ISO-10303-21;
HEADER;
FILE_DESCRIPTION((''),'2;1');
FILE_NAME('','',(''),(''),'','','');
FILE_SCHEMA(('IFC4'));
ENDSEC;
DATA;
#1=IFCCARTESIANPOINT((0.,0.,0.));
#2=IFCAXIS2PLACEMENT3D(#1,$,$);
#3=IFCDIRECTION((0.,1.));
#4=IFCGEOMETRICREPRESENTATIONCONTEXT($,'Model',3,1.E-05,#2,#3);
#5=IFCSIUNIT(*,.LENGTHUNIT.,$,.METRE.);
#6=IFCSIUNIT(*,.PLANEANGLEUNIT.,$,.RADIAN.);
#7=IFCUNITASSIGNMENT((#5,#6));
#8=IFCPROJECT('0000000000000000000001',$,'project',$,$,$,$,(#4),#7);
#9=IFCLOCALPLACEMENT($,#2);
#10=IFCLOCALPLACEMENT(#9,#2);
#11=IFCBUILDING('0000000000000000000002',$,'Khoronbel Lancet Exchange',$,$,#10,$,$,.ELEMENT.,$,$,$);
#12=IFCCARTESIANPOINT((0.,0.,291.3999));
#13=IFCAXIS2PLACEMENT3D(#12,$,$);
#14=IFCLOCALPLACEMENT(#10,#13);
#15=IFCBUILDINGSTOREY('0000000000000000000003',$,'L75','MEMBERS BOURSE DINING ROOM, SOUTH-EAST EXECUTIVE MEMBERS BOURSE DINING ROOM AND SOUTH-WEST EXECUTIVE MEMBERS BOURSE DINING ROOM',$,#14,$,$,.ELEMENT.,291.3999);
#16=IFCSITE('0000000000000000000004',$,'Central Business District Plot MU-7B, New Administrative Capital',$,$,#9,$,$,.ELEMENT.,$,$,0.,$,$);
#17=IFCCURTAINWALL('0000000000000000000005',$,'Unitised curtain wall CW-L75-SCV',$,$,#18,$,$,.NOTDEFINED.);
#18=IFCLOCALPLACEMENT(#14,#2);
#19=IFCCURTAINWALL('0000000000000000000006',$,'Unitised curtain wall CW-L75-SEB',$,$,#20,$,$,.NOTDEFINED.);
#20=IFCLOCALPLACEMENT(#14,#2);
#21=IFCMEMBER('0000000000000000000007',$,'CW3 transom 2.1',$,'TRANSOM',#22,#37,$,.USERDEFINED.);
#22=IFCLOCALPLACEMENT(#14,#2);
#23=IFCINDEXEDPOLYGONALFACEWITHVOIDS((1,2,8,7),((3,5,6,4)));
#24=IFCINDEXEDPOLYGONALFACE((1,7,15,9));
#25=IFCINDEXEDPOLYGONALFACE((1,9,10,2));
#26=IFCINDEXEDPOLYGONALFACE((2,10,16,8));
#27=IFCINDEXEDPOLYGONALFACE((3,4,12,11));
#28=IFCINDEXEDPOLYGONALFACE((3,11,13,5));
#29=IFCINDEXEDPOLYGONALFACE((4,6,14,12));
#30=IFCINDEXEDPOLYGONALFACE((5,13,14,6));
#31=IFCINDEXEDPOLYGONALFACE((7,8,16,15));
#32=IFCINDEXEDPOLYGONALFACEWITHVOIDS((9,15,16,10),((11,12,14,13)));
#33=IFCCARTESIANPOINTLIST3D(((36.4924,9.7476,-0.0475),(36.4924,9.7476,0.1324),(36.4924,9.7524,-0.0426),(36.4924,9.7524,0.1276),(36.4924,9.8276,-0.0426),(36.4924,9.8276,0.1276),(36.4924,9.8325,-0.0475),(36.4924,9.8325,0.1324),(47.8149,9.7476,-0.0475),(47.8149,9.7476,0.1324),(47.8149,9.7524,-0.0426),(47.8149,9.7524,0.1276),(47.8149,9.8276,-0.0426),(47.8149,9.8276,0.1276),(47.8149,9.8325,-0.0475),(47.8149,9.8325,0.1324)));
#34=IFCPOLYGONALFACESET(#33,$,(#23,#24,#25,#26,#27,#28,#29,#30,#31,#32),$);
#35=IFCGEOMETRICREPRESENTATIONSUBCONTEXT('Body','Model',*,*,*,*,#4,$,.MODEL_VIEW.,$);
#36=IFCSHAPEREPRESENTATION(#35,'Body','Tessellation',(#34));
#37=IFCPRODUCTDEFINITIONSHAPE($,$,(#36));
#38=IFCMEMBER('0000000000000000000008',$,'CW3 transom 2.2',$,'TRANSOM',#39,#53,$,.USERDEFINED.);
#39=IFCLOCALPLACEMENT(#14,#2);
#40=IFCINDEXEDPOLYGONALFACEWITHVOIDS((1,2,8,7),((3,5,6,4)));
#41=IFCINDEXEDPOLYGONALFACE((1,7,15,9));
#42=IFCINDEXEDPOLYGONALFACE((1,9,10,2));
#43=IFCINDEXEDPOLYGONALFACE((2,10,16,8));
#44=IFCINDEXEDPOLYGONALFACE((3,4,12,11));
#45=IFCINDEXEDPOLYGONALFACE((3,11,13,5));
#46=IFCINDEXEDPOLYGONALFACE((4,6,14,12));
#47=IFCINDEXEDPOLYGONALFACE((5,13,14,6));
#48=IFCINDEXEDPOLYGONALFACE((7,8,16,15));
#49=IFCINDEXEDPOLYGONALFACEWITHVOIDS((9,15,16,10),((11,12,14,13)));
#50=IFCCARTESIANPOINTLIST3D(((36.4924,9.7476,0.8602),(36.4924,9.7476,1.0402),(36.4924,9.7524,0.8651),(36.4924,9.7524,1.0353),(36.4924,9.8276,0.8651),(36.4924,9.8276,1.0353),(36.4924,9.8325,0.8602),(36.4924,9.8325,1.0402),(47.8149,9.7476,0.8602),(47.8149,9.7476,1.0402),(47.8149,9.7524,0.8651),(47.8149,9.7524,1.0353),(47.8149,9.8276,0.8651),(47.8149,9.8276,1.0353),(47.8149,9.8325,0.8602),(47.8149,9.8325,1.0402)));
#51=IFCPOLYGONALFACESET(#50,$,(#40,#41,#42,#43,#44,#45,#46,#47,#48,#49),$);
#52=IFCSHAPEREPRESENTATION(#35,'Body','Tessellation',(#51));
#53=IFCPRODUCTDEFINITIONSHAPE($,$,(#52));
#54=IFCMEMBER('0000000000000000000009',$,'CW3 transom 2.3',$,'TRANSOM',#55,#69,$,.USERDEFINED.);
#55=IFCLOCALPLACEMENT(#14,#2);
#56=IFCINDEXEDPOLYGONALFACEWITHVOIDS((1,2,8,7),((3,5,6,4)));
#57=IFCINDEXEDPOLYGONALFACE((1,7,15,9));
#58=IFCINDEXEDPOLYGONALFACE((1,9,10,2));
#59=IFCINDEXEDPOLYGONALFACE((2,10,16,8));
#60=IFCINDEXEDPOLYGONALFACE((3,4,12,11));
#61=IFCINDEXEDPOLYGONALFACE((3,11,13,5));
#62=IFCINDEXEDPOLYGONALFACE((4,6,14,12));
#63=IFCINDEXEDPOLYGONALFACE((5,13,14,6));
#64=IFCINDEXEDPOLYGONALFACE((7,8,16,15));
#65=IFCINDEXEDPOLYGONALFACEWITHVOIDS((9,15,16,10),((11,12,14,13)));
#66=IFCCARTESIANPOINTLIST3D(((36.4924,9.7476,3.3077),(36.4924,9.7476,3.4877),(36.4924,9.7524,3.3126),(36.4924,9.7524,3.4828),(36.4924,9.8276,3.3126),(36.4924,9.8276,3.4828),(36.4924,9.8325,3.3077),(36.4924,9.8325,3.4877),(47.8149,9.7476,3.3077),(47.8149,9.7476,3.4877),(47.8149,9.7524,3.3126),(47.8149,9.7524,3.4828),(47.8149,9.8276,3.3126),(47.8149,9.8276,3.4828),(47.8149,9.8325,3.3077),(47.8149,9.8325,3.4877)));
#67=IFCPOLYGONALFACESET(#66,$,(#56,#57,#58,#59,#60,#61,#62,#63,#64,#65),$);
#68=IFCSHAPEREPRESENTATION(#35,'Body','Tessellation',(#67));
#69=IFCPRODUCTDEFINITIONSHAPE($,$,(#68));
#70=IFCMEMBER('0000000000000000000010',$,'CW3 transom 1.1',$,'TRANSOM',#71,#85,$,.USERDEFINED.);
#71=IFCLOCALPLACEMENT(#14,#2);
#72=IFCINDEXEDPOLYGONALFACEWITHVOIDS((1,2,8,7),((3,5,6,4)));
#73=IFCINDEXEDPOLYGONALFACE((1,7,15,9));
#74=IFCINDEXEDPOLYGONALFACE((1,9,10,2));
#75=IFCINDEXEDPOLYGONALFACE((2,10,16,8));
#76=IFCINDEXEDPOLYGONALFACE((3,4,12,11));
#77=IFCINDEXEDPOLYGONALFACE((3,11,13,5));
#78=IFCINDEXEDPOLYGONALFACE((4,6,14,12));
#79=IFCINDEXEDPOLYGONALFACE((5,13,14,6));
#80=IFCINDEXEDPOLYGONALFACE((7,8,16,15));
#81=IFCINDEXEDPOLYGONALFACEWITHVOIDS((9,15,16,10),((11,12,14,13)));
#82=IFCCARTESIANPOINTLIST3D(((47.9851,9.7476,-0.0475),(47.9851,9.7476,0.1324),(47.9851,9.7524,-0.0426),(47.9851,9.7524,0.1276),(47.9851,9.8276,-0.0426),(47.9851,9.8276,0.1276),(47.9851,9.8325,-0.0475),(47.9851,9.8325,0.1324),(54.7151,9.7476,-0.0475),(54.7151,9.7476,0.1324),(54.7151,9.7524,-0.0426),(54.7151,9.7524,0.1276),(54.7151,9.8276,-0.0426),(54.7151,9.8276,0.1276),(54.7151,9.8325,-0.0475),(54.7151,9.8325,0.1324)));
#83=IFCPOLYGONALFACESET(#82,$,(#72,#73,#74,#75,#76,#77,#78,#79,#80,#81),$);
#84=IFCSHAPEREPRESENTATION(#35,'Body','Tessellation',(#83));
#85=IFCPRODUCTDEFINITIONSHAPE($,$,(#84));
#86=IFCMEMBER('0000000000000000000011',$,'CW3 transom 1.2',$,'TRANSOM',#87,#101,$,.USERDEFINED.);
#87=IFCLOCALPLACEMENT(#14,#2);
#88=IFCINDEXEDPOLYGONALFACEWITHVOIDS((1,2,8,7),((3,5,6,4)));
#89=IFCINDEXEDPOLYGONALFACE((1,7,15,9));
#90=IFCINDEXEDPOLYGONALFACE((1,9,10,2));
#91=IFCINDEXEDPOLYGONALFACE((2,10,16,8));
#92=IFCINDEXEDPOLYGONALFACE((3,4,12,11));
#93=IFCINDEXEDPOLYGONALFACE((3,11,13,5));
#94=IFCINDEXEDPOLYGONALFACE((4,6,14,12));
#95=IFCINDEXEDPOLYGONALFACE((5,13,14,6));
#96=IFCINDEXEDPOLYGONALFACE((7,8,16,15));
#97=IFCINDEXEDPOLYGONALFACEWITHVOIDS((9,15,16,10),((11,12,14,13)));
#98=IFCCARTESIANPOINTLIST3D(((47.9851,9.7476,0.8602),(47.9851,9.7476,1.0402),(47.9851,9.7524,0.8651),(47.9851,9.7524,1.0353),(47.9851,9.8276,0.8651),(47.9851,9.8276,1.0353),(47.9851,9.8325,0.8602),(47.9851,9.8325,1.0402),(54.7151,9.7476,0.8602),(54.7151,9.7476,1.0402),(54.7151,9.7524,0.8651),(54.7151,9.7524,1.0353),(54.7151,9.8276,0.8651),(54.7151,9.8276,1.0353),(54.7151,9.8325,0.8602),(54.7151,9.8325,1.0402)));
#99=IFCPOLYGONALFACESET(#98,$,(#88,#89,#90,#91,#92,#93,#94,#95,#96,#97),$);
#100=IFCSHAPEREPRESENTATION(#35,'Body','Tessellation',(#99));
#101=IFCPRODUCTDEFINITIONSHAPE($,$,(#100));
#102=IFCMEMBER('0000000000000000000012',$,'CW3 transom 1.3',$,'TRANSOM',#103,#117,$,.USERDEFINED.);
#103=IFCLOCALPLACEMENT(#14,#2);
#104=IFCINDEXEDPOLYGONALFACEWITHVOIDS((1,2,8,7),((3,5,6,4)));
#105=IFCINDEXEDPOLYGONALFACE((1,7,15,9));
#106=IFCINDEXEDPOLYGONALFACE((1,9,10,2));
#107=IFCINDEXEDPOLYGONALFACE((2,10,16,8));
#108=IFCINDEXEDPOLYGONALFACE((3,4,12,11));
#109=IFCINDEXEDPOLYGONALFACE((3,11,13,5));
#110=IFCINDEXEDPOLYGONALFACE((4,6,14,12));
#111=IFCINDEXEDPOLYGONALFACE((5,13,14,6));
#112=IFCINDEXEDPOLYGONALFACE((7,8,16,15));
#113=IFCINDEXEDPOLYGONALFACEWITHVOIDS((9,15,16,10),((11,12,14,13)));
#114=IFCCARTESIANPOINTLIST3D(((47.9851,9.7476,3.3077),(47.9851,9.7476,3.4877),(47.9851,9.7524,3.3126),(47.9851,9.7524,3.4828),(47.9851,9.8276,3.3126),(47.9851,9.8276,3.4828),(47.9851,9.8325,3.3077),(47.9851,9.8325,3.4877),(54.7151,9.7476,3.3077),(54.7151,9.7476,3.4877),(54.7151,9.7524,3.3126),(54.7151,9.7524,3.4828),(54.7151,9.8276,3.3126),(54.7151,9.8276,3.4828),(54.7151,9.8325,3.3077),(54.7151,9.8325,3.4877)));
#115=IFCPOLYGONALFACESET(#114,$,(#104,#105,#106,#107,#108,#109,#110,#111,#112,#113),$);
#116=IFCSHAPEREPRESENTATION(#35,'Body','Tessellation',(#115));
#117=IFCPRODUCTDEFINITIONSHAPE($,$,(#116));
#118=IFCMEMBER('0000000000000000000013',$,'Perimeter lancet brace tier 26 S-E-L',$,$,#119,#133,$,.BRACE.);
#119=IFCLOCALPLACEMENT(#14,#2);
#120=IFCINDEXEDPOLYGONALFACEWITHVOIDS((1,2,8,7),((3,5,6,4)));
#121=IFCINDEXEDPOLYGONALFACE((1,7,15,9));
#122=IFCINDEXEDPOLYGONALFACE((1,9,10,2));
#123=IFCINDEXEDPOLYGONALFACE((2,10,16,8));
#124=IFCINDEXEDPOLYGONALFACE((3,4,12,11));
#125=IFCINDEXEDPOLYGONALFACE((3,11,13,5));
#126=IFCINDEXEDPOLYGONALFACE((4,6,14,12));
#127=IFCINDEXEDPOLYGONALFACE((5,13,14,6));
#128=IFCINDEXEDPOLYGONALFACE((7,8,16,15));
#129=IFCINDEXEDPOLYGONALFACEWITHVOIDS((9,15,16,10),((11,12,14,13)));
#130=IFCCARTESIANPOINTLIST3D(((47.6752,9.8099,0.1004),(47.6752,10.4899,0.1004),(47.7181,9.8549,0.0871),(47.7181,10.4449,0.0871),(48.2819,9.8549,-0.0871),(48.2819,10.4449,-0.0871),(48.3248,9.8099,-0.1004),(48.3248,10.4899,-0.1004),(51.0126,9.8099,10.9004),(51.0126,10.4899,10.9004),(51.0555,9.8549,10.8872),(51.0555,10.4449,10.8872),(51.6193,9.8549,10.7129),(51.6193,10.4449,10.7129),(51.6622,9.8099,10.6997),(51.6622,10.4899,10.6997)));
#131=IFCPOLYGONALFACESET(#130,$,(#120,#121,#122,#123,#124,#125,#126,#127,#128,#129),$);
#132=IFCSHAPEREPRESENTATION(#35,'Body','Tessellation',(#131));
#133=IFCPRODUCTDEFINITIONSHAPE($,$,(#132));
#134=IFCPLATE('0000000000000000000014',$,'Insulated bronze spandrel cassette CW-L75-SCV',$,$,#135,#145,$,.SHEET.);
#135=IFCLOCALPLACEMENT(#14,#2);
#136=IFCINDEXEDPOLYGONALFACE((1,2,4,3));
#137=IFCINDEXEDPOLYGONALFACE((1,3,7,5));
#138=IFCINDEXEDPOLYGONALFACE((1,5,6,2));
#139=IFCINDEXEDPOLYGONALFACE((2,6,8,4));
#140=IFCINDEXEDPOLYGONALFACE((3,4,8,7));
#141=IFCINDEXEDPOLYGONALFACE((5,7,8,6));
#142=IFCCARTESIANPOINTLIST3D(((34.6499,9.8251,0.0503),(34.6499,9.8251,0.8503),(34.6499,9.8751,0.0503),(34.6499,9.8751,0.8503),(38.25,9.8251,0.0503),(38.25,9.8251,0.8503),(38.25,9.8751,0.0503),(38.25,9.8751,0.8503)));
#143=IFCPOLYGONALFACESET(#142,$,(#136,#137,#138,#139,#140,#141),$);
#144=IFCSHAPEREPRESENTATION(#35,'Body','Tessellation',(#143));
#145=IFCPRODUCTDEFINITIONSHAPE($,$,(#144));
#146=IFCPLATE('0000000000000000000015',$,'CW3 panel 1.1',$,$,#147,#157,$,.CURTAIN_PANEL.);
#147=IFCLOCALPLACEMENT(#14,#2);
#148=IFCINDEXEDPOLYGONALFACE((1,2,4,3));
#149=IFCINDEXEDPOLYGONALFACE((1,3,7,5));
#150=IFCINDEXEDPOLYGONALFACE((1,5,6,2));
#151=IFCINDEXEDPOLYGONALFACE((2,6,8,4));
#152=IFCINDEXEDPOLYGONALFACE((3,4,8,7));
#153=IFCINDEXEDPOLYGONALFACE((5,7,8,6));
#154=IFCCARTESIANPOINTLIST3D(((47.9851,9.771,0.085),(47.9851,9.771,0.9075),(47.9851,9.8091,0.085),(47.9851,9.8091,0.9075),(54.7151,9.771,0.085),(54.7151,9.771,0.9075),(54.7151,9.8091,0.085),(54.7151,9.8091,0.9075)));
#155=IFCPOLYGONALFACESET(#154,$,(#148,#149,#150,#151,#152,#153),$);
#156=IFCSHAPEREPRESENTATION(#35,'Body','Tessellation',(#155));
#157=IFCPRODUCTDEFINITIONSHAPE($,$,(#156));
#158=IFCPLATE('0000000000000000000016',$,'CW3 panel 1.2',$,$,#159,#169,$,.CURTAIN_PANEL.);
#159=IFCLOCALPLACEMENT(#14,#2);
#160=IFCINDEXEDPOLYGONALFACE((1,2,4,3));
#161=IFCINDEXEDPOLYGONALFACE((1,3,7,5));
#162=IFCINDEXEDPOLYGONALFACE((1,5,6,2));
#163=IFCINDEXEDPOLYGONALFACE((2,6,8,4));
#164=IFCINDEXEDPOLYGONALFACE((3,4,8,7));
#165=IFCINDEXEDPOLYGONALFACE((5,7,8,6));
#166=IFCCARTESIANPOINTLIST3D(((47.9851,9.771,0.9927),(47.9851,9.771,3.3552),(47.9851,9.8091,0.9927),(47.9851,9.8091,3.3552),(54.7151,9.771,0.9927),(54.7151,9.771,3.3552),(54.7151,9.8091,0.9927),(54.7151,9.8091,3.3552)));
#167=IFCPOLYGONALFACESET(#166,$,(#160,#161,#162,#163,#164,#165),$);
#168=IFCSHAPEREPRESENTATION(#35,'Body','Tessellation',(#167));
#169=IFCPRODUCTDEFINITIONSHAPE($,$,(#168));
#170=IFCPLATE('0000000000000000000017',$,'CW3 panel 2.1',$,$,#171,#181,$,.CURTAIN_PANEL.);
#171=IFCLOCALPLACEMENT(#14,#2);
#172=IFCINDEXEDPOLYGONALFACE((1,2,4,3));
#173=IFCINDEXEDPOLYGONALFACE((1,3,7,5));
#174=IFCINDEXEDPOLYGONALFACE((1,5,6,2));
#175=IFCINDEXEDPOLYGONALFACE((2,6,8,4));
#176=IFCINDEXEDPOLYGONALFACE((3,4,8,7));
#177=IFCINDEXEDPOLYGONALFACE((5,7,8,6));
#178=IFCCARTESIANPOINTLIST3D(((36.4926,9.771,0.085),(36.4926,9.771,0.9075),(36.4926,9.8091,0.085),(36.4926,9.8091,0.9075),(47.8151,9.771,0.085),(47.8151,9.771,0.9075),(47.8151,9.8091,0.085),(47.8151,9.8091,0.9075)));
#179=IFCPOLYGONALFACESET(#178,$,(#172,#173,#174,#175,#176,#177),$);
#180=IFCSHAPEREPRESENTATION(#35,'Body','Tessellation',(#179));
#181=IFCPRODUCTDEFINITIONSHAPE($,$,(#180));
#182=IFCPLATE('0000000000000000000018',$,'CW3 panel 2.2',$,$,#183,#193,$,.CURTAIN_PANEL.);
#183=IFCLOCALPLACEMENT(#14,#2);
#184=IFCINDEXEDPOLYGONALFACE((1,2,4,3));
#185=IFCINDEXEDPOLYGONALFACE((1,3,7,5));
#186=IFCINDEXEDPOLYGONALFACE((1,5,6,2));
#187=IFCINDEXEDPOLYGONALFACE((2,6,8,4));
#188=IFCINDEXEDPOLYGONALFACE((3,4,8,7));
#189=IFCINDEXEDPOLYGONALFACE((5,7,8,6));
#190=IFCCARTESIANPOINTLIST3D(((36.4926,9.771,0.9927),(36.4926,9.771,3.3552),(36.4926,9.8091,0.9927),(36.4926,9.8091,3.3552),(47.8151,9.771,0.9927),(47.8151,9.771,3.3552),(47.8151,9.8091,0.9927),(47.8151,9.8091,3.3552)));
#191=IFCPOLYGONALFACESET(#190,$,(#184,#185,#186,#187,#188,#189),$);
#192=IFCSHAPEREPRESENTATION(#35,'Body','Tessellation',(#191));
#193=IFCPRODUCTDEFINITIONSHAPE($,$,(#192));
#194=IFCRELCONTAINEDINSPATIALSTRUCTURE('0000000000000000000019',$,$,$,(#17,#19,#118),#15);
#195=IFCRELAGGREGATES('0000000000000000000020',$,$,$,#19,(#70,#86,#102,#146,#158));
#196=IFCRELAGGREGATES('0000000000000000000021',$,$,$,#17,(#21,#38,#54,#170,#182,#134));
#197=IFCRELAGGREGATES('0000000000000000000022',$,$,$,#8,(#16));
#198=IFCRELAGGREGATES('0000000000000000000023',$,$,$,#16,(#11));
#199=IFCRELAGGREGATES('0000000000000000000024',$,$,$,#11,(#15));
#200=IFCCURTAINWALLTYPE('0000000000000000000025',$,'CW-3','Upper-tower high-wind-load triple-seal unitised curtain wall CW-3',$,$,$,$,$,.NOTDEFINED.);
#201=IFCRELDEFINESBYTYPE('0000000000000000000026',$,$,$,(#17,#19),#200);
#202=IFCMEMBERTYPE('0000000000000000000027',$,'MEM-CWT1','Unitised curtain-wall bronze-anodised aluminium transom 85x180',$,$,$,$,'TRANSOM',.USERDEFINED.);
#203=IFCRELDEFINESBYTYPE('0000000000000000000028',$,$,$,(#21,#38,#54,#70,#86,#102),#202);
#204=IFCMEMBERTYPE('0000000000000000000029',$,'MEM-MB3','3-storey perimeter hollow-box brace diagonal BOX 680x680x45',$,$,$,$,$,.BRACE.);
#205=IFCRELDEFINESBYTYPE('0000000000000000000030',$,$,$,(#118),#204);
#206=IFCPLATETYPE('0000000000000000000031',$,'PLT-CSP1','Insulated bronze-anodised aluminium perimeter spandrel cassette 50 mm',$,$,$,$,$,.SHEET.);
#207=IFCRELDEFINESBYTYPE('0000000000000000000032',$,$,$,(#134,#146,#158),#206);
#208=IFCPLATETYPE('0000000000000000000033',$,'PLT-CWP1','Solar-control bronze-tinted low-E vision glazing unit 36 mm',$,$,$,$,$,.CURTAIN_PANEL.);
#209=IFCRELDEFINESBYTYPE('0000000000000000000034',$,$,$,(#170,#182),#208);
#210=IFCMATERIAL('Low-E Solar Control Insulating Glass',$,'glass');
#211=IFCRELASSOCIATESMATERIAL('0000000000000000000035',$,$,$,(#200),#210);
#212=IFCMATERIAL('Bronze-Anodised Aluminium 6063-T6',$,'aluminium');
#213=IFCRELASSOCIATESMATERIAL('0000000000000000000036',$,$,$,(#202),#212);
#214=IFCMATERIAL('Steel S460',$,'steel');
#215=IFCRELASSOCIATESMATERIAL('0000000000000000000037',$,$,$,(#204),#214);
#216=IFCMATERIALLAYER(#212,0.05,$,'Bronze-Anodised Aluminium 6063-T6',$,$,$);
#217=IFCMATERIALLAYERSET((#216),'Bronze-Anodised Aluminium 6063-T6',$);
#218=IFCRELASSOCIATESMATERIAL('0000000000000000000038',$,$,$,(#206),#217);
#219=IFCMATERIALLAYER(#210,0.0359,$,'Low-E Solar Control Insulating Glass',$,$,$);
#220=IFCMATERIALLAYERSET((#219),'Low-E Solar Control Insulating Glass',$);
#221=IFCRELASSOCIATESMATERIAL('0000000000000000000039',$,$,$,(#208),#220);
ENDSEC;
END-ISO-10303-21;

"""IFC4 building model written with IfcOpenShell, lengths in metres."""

from ifc_helpers import new_model, si_unit, direction, frame, origin, origin_2d, place, context, subcontext, project, spatial, rectangle, hollow_rectangle, extrude, material, layer, layer_set, material_profile, profile_set, type_object, element, aggregate, save


model = new_model("IFC4")

# Units and contexts
model_context = context("Model", 3, precision=1e-05, world=origin(), true_north=direction((0.0, 1.0)))
body_context = subcontext(model_context, "Body", "Model", "MODEL_VIEW")
ifc_project = project(units=[si_unit("LENGTHUNIT", "METRE"), si_unit("PLANEANGLEUNIT", "RADIAN")], contexts=[model_context])

# Site, building, storey
site_placement = place(None, origin())
site = spatial("IfcSite", under=ifc_project, at=site_placement, Name="Central Business District Plot MU-7B, New Administrative Capital", CompositionType="ELEMENT", RefElevation=0.0)
building_placement = place(site_placement, origin())
building = spatial("IfcBuilding", under=site, at=building_placement, Name="Khoronbel Lancet Exchange", CompositionType="ELEMENT")
storey_placement = place(building_placement, frame((0.0, 0.0, 291.3999)))
storey = spatial("IfcBuildingStorey", under=building, at=storey_placement, Name="L75", Description="MEMBERS BOURSE DINING ROOM, SOUTH-EAST EXECUTIVE MEMBERS BOURSE DINING ROOM AND SOUTH-WEST EXECUTIVE MEMBERS BOURSE DINING ROOM", CompositionType="ELEMENT", Elevation=291.3999)

# Shared definitions
ifc_material_1 = material(Name="Steel S460", Category="steel")

# Curtain wall
ifc_material_2 = material(Name="Low-E Solar Control Insulating Glass", Category="glass")
curtain_wall_type = type_object("IfcCurtainWallType", Name="CW-3", Description="Upper-tower high-wind-load triple-seal unitised curtain wall CW-3", PredefinedType="NOTDEFINED", material=ifc_material_2)
curtain_wall_1_placement = place(storey_placement, origin())
curtain_wall_1 = element("IfcCurtainWall", 1, at=curtain_wall_1_placement, inside=storey, type_object=curtain_wall_type, Name="Unitised curtain wall CW-L75-SCV", PredefinedType="NOTDEFINED")
ifc_material_3 = material(Name="Bronze-Anodised Aluminium 6063-T6", Category="aluminium")

# Curtain wall
curtain_wall_2_placement = place(storey_placement, origin())
curtain_wall_2 = element("IfcCurtainWall", 2, at=curtain_wall_2_placement, inside=storey, type_object=curtain_wall_type, Name="Unitised curtain wall CW-L75-SEB", PredefinedType="NOTDEFINED")

# Members
ifc_material_profile_1 = material_profile(ifc_material_3, hollow_rectangle(XDim=0.085, YDim=0.1799, WallThickness=0.0049, at=origin_2d()), Name="ALU TRANSOM 85x180")
ifc_profile_set_1 = profile_set([ifc_material_profile_1], Name="Bronze-Anodised Aluminium 6063-T6")
member_type_1 = type_object("IfcMemberType", Name="MEM-CWT1", Description="Unitised curtain-wall bronze-anodised aluminium transom 85x180", ElementType="TRANSOM", PredefinedType="USERDEFINED", material=ifc_profile_set_1)
member_1_placement = place(storey_placement, frame((36.4924, 9.79, 0.0425), z_axis=(1.0, 0.0, 0.0), x_axis=(0.0, 1.0, 0.0)))
member_1 = element("IfcMember", 3, at=member_1_placement, type_object=member_type_1, Name="CW3 transom 2.1", ObjectType="TRANSOM", PredefinedType="USERDEFINED", context=body_context, shape_type="SweptSolid", body=[
    extrude(hollow_rectangle(XDim=0.085, YDim=0.1799, WallThickness=0.0049, at=origin_2d()), origin(), (0.0, 0.0, 1.0), 11.3225),
])
member_2_placement = place(storey_placement, frame((36.4924, 9.79, 0.9502), z_axis=(1.0, 0.0, 0.0), x_axis=(0.0, 1.0, 0.0)))
member_2 = element("IfcMember", 4, at=member_2_placement, type_object=member_type_1, Name="CW3 transom 2.2", ObjectType="TRANSOM", PredefinedType="USERDEFINED", context=body_context, shape_type="SweptSolid", body=[
    extrude(hollow_rectangle(XDim=0.085, YDim=0.1799, WallThickness=0.0049, at=origin_2d()), origin(), (0.0, 0.0, 1.0), 11.3225),
])
member_3_placement = place(storey_placement, frame((36.4924, 9.79, 3.3977), z_axis=(1.0, 0.0, 0.0), x_axis=(0.0, 1.0, 0.0)))
member_3 = element("IfcMember", 5, at=member_3_placement, type_object=member_type_1, Name="CW3 transom 2.3", ObjectType="TRANSOM", PredefinedType="USERDEFINED", context=body_context, shape_type="SweptSolid", body=[
    extrude(hollow_rectangle(XDim=0.085, YDim=0.1799, WallThickness=0.0049, at=origin_2d()), origin(), (0.0, 0.0, 1.0), 11.3225),
])
member_4_placement = place(storey_placement, frame((47.9851, 9.79, 0.0425), z_axis=(1.0, 0.0, 0.0), x_axis=(0.0, 1.0, 0.0)))
member_4 = element("IfcMember", 6, at=member_4_placement, type_object=member_type_1, Name="CW3 transom 1.1", ObjectType="TRANSOM", PredefinedType="USERDEFINED", context=body_context, shape_type="SweptSolid", body=[
    extrude(hollow_rectangle(XDim=0.085, YDim=0.1799, WallThickness=0.0049, at=origin_2d()), origin(), (0.0, 0.0, 1.0), 6.73),
])
member_5_placement = place(storey_placement, frame((47.9851, 9.79, 0.9502), z_axis=(1.0, 0.0, 0.0), x_axis=(0.0, 1.0, 0.0)))
member_5 = element("IfcMember", 7, at=member_5_placement, type_object=member_type_1, Name="CW3 transom 1.2", ObjectType="TRANSOM", PredefinedType="USERDEFINED", context=body_context, shape_type="SweptSolid", body=[
    extrude(hollow_rectangle(XDim=0.085, YDim=0.1799, WallThickness=0.0049, at=origin_2d()), origin(), (0.0, 0.0, 1.0), 6.73),
])
member_6_placement = place(storey_placement, frame((47.9851, 9.79, 3.3977), z_axis=(1.0, 0.0, 0.0), x_axis=(0.0, 1.0, 0.0)))
member_6 = element("IfcMember", 8, at=member_6_placement, type_object=member_type_1, Name="CW3 transom 1.3", ObjectType="TRANSOM", PredefinedType="USERDEFINED", context=body_context, shape_type="SweptSolid", body=[
    extrude(hollow_rectangle(XDim=0.085, YDim=0.1799, WallThickness=0.0049, at=origin_2d()), origin(), (0.0, 0.0, 1.0), 6.73),
])
ifc_material_profile_2 = material_profile(ifc_material_1, hollow_rectangle(XDim=0.6799, YDim=0.6799, WallThickness=0.0449, at=origin_2d()), Name="BOX 680x680x45")
ifc_profile_set_2 = profile_set([ifc_material_profile_2], Name="Steel S460")
member_type_2 = type_object("IfcMemberType", Name="MEM-MB3", Description="3-storey perimeter hollow-box brace diagonal BOX 680x680x45", PredefinedType="BRACE", material=ifc_profile_set_2)
member_7_placement = place(storey_placement, frame((48.0, 10.1499, 0.0), z_axis=(0.295242, 0.0, 0.955422), x_axis=(0.0, 1.0, 0.0)))
element("IfcMember", 9, at=member_7_placement, inside=storey, type_object=member_type_2, Name="Perimeter lancet brace tier 26 S-E-L", PredefinedType="BRACE", context=body_context, shape_type="SweptSolid", body=[
    extrude(hollow_rectangle(XDim=0.6799, YDim=0.6799, WallThickness=0.0449, at=origin_2d()), origin(), (0.0, 0.0, 1.0), 11.304),
])

# Plates
ifc_layer_1 = layer(ifc_material_3, 0.05, Name="Bronze-Anodised Aluminium 6063-T6")
ifc_layer_set_1 = layer_set([ifc_layer_1], Name="Bronze-Anodised Aluminium 6063-T6")
plate_type_1 = type_object("IfcPlateType", Name="PLT-CSP1", Description="Insulated bronze-anodised aluminium perimeter spandrel cassette 50 mm", PredefinedType="SHEET", material=ifc_layer_set_1)
plate_1_placement = place(storey_placement, frame((36.45, 9.8501, 0.0503), z_axis=(0.0, 0.0, 1.0), x_axis=(1.0, 0.0, 0.0)))
plate_1 = element("IfcPlate", 10, at=plate_1_placement, type_object=plate_type_1, Name="Insulated bronze spandrel cassette CW-L75-SCV", PredefinedType="SHEET", context=body_context, shape_type="SweptSolid", body=[
    extrude(rectangle(XDim=3.6001, YDim=0.05, at=origin_2d()), origin(), (0.0, 0.0, 1.0), 0.8),
])
plate_2_placement = place(storey_placement, frame((51.3501, 9.79, 0.085), z_axis=(0.0, 0.0, 1.0), x_axis=(1.0, 0.0, 0.0)))
plate_2 = element("IfcPlate", 11, at=plate_2_placement, type_object=plate_type_1, Name="CW3 panel 1.1", PredefinedType="CURTAIN_PANEL", context=body_context, shape_type="SweptSolid", body=[
    extrude(rectangle(XDim=6.73, YDim=0.0381, at=origin_2d()), origin(), (0.0, 0.0, 1.0), 0.8225),
])
plate_3_placement = place(storey_placement, frame((51.3501, 9.79, 0.9927), z_axis=(0.0, 0.0, 1.0), x_axis=(1.0, 0.0, 0.0)))
plate_3 = element("IfcPlate", 12, at=plate_3_placement, type_object=plate_type_1, Name="CW3 panel 1.2", PredefinedType="CURTAIN_PANEL", context=body_context, shape_type="SweptSolid", body=[
    extrude(rectangle(XDim=6.73, YDim=0.0381, at=origin_2d()), origin(), (0.0, 0.0, 1.0), 2.3625),
])
aggregate(curtain_wall_2, [member_4, member_5, member_6, plate_2, plate_3])
ifc_layer_2 = layer(ifc_material_2, 0.0359, Name="Low-E Solar Control Insulating Glass")
ifc_layer_set_2 = layer_set([ifc_layer_2], Name="Low-E Solar Control Insulating Glass")
plate_type_2 = type_object("IfcPlateType", Name="PLT-CWP1", Description="Solar-control bronze-tinted low-E vision glazing unit 36 mm", PredefinedType="CURTAIN_PANEL", material=ifc_layer_set_2)
plate_4_placement = place(storey_placement, frame((42.1538, 9.79, 0.085), z_axis=(0.0, 0.0, 1.0), x_axis=(1.0, 0.0, 0.0)))
plate_4 = element("IfcPlate", 13, at=plate_4_placement, type_object=plate_type_2, Name="CW3 panel 2.1", PredefinedType="CURTAIN_PANEL", context=body_context, shape_type="SweptSolid", body=[
    extrude(rectangle(XDim=11.3225, YDim=0.0381, at=origin_2d()), origin(), (0.0, 0.0, 1.0), 0.8225),
])
plate_5_placement = place(storey_placement, frame((42.1538, 9.79, 0.9927), z_axis=(0.0, 0.0, 1.0), x_axis=(1.0, 0.0, 0.0)))
plate_5 = element("IfcPlate", 14, at=plate_5_placement, type_object=plate_type_2, Name="CW3 panel 2.2", PredefinedType="CURTAIN_PANEL", context=body_context, shape_type="SweptSolid", body=[
    extrude(rectangle(XDim=11.3225, YDim=0.0381, at=origin_2d()), origin(), (0.0, 0.0, 1.0), 2.3625),
])
aggregate(curtain_wall_1, [member_1, member_2, member_3, plate_4, plate_5, plate_1])

save(model, "model.ifc")
